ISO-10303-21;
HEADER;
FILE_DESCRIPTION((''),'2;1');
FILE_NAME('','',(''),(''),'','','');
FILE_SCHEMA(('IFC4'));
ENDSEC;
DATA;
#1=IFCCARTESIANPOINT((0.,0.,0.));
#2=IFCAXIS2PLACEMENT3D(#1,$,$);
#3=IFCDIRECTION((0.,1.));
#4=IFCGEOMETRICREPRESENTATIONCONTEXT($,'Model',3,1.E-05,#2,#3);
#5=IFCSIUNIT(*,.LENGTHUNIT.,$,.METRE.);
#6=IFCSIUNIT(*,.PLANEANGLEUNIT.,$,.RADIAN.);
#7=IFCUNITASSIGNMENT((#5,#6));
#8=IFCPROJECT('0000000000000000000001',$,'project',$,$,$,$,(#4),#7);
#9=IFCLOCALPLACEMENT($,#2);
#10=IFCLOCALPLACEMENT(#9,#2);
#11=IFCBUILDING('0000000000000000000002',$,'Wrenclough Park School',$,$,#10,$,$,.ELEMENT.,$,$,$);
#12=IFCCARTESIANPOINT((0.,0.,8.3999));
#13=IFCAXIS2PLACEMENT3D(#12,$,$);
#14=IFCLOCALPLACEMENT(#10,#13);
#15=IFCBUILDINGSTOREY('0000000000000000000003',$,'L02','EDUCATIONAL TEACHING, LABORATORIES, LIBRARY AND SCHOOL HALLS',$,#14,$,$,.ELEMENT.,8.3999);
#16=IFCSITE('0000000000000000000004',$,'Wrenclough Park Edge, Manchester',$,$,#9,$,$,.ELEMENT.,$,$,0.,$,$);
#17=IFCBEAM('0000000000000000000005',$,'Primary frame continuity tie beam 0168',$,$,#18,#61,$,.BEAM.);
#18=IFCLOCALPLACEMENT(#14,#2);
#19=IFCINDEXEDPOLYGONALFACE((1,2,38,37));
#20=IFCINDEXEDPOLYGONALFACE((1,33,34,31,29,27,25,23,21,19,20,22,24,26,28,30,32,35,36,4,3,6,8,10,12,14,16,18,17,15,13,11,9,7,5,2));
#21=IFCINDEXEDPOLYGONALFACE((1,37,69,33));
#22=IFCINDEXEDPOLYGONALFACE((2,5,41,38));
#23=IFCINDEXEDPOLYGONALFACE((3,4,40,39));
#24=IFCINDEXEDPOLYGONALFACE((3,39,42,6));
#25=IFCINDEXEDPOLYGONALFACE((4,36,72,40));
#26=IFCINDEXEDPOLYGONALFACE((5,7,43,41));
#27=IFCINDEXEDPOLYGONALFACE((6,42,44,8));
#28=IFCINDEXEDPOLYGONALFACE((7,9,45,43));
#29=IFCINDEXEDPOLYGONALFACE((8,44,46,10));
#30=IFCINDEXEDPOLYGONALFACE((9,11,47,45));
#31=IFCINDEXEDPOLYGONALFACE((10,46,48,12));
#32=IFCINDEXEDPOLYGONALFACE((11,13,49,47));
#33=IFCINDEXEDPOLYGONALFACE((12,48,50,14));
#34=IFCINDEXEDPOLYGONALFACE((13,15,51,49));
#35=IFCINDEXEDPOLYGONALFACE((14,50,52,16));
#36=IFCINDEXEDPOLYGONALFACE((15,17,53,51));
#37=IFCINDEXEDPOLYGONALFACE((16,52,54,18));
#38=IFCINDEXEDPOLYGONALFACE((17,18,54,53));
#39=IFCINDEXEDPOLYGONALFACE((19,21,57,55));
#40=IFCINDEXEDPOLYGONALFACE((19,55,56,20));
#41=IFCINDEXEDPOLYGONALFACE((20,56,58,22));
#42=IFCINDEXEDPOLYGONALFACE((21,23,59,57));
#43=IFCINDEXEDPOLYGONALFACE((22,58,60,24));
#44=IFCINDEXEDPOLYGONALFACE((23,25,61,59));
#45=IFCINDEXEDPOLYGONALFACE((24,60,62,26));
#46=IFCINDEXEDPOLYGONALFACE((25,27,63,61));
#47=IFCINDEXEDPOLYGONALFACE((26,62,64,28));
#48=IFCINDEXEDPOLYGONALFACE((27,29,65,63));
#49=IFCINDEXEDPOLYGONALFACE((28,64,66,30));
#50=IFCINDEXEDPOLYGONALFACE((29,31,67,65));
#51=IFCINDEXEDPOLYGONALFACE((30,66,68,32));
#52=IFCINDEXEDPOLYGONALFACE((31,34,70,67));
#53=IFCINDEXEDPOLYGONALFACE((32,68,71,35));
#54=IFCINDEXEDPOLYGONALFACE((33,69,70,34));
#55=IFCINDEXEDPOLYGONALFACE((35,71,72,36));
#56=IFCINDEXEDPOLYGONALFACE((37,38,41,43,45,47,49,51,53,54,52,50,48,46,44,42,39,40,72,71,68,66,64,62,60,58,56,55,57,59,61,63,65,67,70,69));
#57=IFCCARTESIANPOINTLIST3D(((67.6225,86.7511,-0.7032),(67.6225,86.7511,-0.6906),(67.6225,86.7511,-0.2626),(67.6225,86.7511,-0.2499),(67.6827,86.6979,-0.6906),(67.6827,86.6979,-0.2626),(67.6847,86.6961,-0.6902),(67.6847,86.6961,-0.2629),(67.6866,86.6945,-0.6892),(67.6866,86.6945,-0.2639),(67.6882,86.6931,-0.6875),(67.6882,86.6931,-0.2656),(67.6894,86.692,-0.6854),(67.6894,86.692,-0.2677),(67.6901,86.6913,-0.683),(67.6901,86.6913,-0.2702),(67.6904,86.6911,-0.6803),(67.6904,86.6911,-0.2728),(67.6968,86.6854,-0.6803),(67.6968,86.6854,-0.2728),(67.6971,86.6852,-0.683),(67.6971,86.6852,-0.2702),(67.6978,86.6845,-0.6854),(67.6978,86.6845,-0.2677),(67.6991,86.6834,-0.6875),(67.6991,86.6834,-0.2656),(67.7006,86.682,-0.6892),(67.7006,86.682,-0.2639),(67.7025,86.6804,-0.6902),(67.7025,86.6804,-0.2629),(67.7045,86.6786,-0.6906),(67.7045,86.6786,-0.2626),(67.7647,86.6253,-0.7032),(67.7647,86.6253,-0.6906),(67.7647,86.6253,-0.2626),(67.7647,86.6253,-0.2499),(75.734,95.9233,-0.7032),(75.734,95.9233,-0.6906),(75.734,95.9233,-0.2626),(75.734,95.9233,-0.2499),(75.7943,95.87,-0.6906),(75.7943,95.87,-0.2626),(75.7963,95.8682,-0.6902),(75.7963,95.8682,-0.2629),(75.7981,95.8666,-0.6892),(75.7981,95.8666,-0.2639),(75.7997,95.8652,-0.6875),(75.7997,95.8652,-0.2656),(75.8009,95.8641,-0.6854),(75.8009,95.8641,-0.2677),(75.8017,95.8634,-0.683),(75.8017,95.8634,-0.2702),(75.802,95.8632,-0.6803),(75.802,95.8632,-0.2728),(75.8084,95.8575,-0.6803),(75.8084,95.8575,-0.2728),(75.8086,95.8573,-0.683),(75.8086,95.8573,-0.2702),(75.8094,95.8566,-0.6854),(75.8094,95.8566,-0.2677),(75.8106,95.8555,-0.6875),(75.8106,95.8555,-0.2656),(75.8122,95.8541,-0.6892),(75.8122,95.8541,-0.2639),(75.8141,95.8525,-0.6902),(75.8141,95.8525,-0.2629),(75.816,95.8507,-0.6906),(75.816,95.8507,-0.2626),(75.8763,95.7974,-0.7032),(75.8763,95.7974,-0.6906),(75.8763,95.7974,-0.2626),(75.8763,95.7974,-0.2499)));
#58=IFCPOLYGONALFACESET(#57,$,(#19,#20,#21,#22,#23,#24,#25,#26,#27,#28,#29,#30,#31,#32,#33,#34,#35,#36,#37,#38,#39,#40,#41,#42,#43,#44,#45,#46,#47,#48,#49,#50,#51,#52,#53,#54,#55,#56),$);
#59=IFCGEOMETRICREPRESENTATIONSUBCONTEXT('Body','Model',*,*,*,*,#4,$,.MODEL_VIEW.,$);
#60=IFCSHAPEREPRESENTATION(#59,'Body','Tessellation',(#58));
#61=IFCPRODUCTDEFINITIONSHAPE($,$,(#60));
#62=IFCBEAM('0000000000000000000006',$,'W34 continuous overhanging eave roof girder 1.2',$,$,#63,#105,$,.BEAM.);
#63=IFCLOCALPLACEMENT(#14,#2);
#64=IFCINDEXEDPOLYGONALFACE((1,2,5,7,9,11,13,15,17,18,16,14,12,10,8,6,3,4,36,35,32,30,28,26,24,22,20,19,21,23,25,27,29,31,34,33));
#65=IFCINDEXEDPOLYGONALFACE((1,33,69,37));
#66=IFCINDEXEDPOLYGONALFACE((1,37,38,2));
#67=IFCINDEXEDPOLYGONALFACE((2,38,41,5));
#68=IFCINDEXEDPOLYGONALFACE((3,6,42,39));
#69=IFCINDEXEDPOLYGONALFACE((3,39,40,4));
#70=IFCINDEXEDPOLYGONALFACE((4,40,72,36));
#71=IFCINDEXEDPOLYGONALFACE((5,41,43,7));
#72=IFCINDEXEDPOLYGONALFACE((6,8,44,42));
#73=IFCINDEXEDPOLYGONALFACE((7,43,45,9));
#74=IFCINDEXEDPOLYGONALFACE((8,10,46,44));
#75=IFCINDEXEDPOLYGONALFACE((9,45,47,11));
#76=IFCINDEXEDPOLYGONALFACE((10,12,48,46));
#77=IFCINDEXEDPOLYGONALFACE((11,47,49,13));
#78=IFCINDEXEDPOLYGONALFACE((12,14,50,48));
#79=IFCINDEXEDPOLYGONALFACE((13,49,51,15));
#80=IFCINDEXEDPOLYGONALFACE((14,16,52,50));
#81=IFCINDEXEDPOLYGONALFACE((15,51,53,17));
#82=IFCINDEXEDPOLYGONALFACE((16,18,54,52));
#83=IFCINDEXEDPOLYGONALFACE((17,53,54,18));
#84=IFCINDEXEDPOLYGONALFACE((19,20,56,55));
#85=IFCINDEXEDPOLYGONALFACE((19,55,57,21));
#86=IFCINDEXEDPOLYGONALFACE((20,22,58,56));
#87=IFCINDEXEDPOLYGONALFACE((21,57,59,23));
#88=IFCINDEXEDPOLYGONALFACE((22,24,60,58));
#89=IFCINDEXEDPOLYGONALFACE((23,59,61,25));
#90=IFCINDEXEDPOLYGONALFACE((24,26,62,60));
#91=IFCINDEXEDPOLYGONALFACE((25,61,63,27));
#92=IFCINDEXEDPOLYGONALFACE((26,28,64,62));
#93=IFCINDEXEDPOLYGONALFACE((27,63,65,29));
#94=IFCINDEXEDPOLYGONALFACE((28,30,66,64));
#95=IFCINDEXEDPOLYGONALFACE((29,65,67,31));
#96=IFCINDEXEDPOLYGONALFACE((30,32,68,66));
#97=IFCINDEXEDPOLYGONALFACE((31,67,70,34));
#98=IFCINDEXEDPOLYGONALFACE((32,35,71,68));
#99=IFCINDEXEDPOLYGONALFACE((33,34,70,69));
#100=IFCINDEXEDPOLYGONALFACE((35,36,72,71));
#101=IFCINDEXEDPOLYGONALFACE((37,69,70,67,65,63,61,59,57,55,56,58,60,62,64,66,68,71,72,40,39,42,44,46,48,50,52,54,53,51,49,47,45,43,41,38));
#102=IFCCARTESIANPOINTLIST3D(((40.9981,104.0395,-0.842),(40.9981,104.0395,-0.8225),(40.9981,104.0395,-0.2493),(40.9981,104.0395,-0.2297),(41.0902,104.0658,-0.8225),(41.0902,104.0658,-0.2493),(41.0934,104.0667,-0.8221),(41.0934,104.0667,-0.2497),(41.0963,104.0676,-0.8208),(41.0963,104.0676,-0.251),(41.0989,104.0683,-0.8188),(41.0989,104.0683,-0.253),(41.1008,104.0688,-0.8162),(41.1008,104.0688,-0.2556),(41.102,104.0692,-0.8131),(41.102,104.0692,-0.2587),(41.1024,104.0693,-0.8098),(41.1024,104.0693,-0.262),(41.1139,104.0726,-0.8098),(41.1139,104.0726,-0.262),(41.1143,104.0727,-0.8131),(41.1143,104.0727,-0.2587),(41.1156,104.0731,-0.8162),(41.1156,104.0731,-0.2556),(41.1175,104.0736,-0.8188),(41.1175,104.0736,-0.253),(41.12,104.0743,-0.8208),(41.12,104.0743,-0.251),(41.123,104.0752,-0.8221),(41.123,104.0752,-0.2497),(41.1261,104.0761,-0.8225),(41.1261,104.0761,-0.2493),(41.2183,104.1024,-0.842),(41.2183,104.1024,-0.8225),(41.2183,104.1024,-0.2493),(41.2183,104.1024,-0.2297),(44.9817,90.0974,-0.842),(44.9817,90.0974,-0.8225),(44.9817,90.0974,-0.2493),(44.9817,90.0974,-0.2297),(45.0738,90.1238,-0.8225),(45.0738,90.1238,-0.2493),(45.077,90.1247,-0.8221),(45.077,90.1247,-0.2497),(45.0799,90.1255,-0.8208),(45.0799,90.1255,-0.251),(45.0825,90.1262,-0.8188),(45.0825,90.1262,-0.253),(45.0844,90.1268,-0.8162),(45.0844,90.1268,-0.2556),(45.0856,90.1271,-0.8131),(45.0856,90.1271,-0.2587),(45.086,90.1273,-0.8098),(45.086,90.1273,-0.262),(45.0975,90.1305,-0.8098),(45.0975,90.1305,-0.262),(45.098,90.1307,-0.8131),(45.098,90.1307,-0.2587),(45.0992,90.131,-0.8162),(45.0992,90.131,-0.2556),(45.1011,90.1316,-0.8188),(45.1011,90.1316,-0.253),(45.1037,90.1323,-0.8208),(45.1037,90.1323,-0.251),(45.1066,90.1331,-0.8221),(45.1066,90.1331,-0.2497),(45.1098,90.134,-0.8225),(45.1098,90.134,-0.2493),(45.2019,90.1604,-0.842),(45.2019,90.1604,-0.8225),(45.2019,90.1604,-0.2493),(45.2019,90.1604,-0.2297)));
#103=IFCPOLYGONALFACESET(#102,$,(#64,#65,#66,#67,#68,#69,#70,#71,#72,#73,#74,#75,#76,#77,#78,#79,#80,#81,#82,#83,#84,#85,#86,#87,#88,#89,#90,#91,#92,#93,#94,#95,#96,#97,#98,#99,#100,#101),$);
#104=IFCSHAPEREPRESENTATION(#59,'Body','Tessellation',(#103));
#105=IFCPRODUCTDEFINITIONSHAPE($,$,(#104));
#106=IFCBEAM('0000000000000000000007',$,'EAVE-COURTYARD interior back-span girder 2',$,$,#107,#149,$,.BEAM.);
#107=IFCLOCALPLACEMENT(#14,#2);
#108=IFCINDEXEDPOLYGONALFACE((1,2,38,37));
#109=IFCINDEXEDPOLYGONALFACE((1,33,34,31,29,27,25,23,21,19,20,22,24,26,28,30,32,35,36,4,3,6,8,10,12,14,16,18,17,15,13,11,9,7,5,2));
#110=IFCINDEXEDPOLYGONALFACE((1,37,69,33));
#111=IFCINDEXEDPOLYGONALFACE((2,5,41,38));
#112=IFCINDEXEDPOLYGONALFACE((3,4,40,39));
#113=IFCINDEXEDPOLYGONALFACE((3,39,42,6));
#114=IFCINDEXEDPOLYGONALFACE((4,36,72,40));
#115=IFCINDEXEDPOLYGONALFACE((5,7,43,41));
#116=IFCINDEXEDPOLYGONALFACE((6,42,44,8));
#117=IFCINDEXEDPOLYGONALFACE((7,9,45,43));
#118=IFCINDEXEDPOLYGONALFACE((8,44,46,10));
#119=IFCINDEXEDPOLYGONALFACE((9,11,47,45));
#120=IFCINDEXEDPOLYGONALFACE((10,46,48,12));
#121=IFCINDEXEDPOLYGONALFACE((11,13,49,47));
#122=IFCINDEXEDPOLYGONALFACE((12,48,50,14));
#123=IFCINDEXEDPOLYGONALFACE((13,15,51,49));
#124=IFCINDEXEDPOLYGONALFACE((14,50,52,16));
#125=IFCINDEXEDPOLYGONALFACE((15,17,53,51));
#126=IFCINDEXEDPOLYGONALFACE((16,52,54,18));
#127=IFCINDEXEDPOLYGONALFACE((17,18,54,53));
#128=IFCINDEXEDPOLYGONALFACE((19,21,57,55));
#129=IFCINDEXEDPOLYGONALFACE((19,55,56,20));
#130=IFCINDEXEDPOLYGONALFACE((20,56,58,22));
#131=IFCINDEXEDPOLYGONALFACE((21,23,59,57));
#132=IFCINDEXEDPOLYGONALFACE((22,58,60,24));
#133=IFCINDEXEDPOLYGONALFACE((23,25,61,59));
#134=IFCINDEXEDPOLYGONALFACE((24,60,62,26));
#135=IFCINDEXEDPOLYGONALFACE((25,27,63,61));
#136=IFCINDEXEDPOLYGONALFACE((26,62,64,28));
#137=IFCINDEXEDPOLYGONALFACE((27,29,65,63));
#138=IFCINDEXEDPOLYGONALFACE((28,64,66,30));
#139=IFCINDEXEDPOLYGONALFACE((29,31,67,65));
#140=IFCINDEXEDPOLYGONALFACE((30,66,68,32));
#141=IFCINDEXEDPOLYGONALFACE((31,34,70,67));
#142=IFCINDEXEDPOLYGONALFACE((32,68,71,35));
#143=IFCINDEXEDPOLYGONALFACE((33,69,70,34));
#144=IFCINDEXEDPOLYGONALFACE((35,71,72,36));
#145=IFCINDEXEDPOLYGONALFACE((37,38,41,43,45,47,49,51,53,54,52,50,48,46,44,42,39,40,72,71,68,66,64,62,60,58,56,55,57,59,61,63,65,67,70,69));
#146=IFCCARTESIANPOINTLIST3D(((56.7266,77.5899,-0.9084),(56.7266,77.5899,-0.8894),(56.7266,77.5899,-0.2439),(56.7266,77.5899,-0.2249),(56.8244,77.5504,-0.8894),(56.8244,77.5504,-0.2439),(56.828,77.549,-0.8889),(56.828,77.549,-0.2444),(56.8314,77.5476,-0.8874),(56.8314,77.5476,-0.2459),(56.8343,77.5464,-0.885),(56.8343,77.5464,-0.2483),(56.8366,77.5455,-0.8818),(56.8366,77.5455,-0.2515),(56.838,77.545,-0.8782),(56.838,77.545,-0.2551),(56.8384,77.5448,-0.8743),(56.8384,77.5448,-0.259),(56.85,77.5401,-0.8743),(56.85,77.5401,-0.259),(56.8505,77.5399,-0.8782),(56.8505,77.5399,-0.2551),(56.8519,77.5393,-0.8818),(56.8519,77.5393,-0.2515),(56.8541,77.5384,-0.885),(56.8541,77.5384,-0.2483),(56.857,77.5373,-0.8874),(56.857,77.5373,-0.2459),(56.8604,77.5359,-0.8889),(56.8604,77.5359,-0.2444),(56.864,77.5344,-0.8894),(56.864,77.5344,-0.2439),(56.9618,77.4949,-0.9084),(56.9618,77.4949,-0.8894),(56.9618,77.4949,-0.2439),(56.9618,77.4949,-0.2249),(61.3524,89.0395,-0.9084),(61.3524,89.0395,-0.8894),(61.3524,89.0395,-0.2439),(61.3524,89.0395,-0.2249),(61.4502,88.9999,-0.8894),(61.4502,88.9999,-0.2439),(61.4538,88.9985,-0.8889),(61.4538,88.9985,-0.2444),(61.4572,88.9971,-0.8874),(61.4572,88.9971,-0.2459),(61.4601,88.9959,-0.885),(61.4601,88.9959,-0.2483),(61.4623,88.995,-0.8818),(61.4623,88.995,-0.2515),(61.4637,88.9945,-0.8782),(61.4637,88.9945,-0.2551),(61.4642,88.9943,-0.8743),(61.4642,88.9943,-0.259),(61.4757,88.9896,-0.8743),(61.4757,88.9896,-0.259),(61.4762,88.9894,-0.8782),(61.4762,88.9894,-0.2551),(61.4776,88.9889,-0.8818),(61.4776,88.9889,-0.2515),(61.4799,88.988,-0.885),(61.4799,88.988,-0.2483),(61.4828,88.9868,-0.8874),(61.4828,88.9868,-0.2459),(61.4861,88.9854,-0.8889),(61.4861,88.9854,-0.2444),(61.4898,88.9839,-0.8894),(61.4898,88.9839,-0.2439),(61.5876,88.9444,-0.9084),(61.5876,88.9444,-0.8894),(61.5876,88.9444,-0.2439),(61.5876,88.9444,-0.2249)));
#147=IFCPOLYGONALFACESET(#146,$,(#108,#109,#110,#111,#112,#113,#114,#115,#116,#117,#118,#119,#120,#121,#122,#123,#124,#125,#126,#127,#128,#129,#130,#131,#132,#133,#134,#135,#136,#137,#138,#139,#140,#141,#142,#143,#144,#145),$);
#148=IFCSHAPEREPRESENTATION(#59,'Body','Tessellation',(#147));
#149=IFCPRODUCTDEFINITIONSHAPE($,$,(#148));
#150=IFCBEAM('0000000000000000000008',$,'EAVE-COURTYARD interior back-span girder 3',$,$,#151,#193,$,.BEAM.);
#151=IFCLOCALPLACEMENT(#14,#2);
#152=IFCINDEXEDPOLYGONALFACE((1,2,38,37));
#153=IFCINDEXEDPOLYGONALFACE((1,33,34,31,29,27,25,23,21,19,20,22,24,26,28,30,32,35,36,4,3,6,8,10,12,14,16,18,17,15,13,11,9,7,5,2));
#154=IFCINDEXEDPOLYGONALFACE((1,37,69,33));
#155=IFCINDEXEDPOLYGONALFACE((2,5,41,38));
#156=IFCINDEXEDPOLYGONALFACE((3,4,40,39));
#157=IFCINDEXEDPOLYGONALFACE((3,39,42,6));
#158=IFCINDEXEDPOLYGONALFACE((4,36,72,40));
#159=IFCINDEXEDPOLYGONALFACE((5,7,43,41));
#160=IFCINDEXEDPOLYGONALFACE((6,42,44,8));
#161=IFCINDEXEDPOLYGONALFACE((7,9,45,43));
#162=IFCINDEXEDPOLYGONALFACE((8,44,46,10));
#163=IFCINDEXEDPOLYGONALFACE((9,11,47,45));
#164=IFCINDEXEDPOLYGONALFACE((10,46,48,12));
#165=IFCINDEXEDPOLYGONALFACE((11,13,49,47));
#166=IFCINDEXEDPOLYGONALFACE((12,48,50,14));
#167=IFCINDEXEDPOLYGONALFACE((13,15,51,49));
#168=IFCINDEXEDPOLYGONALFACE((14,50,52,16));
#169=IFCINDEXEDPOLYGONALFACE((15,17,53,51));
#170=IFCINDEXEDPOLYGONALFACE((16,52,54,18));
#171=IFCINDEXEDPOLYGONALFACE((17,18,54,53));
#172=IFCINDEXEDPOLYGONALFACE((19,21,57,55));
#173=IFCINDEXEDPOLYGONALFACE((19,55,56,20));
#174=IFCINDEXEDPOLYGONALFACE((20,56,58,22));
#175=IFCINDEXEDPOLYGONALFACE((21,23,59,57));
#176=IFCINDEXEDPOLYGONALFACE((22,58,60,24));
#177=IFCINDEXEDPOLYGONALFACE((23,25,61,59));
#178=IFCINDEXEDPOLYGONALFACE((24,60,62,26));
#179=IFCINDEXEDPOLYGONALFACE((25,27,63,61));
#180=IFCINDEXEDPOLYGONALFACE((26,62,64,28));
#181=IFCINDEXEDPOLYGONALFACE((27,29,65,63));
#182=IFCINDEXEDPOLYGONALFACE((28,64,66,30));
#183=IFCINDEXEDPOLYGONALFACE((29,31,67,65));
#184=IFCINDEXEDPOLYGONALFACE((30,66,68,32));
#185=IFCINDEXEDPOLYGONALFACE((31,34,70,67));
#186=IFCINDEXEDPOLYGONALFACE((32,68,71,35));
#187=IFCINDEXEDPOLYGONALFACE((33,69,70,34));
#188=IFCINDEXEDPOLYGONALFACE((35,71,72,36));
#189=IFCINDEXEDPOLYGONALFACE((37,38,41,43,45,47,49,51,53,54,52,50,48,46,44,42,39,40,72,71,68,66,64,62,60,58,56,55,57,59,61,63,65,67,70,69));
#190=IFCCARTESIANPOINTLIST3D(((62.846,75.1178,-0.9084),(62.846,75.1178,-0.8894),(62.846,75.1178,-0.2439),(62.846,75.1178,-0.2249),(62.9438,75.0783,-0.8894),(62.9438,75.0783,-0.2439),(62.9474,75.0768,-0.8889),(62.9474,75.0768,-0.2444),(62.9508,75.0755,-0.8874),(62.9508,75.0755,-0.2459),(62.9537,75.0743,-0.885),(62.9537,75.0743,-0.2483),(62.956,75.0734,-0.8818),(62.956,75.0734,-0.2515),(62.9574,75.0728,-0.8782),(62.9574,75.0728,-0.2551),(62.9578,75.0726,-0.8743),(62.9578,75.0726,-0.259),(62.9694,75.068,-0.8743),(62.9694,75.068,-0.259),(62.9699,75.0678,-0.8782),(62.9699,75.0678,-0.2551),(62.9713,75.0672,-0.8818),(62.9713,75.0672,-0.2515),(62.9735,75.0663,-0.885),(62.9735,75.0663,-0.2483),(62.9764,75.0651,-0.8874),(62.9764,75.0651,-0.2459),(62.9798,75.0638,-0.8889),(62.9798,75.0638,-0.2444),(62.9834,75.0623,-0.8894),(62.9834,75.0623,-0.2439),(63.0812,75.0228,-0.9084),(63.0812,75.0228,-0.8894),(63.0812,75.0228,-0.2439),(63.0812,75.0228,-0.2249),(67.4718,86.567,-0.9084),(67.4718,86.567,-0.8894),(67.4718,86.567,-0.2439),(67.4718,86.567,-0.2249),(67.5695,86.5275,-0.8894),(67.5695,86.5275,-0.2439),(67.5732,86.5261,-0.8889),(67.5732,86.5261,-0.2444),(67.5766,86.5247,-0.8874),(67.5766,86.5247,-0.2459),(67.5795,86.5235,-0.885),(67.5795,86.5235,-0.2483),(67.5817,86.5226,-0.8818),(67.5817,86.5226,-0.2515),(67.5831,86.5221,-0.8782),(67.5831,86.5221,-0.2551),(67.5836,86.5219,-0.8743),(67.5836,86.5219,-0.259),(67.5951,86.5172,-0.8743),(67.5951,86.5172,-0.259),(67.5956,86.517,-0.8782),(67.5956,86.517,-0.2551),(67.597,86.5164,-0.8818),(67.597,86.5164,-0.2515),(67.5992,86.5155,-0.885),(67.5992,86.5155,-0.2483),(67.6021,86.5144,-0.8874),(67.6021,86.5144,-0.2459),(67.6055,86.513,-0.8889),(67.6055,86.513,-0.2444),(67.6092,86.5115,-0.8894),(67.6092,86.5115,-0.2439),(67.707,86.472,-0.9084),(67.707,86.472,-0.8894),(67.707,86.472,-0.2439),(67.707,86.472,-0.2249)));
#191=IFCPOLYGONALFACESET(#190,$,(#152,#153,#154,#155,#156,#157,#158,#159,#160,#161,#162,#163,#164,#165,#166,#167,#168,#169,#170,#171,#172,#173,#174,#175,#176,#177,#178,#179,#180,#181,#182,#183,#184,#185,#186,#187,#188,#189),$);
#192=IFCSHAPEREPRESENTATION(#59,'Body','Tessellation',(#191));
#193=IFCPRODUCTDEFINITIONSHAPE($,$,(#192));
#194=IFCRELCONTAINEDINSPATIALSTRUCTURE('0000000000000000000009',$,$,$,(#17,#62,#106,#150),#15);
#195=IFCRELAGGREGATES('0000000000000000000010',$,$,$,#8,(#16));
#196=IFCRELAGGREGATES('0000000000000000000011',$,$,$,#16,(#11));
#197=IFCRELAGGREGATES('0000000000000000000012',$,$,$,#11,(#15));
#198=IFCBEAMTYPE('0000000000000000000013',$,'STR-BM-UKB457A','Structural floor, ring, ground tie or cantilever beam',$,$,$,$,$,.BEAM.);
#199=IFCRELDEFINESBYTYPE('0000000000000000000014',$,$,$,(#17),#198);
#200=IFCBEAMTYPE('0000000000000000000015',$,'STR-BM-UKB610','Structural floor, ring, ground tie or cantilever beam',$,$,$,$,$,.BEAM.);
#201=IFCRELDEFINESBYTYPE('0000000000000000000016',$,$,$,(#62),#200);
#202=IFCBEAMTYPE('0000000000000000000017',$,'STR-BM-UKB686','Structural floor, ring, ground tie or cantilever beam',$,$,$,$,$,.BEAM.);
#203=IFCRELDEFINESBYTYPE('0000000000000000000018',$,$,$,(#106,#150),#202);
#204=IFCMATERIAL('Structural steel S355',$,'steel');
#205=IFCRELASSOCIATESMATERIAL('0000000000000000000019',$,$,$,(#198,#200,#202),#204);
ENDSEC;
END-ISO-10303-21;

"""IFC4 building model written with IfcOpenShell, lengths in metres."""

from ifc_helpers import new_model, si_unit, direction, frame, origin, origin_2d, place, context, subcontext, project, spatial, i_section, extrude, material, material_profile, profile_set, type_object, element, save


model = new_model("IFC4")

# Units and contexts
model_context = context("Model", 3, precision=1e-05, world=origin(), true_north=direction((0.0, 1.0)))
body_context = subcontext(model_context, "Body", "Model", "MODEL_VIEW")
ifc_project = project(units=[si_unit("LENGTHUNIT", "METRE"), si_unit("PLANEANGLEUNIT", "RADIAN")], contexts=[model_context])

# Site, building, storey
site_placement = place(None, origin())
site = spatial("IfcSite", under=ifc_project, at=site_placement, Name="Wrenclough Park Edge, Manchester", CompositionType="ELEMENT", RefElevation=0.0)
building_placement = place(site_placement, origin())
building = spatial("IfcBuilding", under=site, at=building_placement, Name="Wrenclough Park School", CompositionType="ELEMENT")
storey_placement = place(building_placement, frame((0.0, 0.0, 8.3999)))
storey = spatial("IfcBuildingStorey", under=building, at=storey_placement, Name="L02", Description="EDUCATIONAL TEACHING, LABORATORIES, LIBRARY AND SCHOOL HALLS", CompositionType="ELEMENT", Elevation=8.3999)

# Beams
ifc_material_1 = material(Name="Structural steel S355", Category="steel")
ifc_material_profile_1 = material_profile(ifc_material_1, i_section(OverallWidth=0.1899, OverallDepth=0.4534, WebThickness=0.0085, FlangeThickness=0.0127, FilletRadius=0.0103, at=origin_2d()), Name="UKB 457x191x67")
ifc_profile_set_1 = profile_set([ifc_material_profile_1], Name="Structural steel S355")
beam_type_1 = type_object("IfcBeamType", Name="STR-BM-UKB457A", Description="Structural floor, ring, ground tie or cantilever beam", PredefinedType="BEAM", material=ifc_profile_set_1)
beam_1_placement = place(storey_placement, frame((67.6936, 86.6882, -0.4766), z_axis=(0.662472, 0.749087, 0.0), x_axis=(-0.749087, 0.662472, 0.0)))
element("IfcBeam", 1, at=beam_1_placement, inside=storey, type_object=beam_type_1, Name="Primary frame continuity tie beam 0168", PredefinedType="BEAM", context=body_context, shape_type="SweptSolid", body=[
    extrude(i_section(OverallWidth=0.1899, OverallDepth=0.4534, WebThickness=0.0085, FlangeThickness=0.0127, FilletRadius=0.0103, at=origin_2d()), origin(), (0.0, 0.0, 1.0), 12.2444),
])
ifc_material_profile_2 = material_profile(ifc_material_1, i_section(OverallWidth=0.229, OverallDepth=0.6123, WebThickness=0.012, FlangeThickness=0.0195, FilletRadius=0.0127, at=origin_2d()), Name="UKB 610x229x125")
ifc_profile_set_2 = profile_set([ifc_material_profile_2], Name="Structural steel S355")
beam_type_2 = type_object("IfcBeamType", Name="STR-BM-UKB610", Description="Structural floor, ring, ground tie or cantilever beam", PredefinedType="BEAM", material=ifc_profile_set_2)
beam_2_placement = place(storey_placement, frame((45.0918, 90.1289, -0.5359), z_axis=(-0.274732, 0.961521, 0.0), x_axis=(-0.961521, -0.274732, 0.0)))
element("IfcBeam", 2, at=beam_2_placement, inside=storey, type_object=beam_type_2, Name="W34 continuous overhanging eave roof girder 1.2", PredefinedType="BEAM", context=body_context, shape_type="SweptSolid", body=[
    extrude(i_section(OverallWidth=0.229, OverallDepth=0.6123, WebThickness=0.012, FlangeThickness=0.0195, FilletRadius=0.0127, at=origin_2d()), origin(), (0.0, 0.0, 1.0), 14.5),
])
ifc_material_profile_3 = material_profile(ifc_material_1, i_section(OverallWidth=0.2537, OverallDepth=0.6836, WebThickness=0.0125, FlangeThickness=0.019, FilletRadius=0.0151, at=origin_2d()), Name="UKB 686x254x140")
ifc_profile_set_3 = profile_set([ifc_material_profile_3], Name="Structural steel S355")
beam_type_3 = type_object("IfcBeamType", Name="STR-BM-UKB686", Description="Structural floor, ring, ground tie or cantilever beam", PredefinedType="BEAM", material=ifc_profile_set_3)
beam_3_placement = place(storey_placement, frame((61.47, 88.9919, -0.5667), z_axis=(-0.374596, -0.927188, 0.0), x_axis=(0.927188, -0.374596, 0.0)))
element("IfcBeam", 3, at=beam_3_placement, inside=storey, type_object=beam_type_3, Name="EAVE-COURTYARD interior back-span girder 2", PredefinedType="BEAM", context=body_context, shape_type="SweptSolid", body=[
    extrude(i_section(OverallWidth=0.2537, OverallDepth=0.6836, WebThickness=0.0125, FlangeThickness=0.019, FilletRadius=0.0151, at=origin_2d()), origin(), (0.0, 0.0, 1.0), 12.3486),
])
beam_4_placement = place(storey_placement, frame((67.5894, 86.5195, -0.5667), z_axis=(-0.374603, -0.927185, 0.0), x_axis=(0.927185, -0.374603, 0.0)))
element("IfcBeam", 4, at=beam_4_placement, inside=storey, type_object=beam_type_3, Name="EAVE-COURTYARD interior back-span girder 3", PredefinedType="BEAM", context=body_context, shape_type="SweptSolid", body=[
    extrude(i_section(OverallWidth=0.2537, OverallDepth=0.6836, WebThickness=0.0125, FlangeThickness=0.019, FilletRadius=0.0151, at=origin_2d()), origin(), (0.0, 0.0, 1.0), 12.3484),
])

save(model, "model.ifc")
